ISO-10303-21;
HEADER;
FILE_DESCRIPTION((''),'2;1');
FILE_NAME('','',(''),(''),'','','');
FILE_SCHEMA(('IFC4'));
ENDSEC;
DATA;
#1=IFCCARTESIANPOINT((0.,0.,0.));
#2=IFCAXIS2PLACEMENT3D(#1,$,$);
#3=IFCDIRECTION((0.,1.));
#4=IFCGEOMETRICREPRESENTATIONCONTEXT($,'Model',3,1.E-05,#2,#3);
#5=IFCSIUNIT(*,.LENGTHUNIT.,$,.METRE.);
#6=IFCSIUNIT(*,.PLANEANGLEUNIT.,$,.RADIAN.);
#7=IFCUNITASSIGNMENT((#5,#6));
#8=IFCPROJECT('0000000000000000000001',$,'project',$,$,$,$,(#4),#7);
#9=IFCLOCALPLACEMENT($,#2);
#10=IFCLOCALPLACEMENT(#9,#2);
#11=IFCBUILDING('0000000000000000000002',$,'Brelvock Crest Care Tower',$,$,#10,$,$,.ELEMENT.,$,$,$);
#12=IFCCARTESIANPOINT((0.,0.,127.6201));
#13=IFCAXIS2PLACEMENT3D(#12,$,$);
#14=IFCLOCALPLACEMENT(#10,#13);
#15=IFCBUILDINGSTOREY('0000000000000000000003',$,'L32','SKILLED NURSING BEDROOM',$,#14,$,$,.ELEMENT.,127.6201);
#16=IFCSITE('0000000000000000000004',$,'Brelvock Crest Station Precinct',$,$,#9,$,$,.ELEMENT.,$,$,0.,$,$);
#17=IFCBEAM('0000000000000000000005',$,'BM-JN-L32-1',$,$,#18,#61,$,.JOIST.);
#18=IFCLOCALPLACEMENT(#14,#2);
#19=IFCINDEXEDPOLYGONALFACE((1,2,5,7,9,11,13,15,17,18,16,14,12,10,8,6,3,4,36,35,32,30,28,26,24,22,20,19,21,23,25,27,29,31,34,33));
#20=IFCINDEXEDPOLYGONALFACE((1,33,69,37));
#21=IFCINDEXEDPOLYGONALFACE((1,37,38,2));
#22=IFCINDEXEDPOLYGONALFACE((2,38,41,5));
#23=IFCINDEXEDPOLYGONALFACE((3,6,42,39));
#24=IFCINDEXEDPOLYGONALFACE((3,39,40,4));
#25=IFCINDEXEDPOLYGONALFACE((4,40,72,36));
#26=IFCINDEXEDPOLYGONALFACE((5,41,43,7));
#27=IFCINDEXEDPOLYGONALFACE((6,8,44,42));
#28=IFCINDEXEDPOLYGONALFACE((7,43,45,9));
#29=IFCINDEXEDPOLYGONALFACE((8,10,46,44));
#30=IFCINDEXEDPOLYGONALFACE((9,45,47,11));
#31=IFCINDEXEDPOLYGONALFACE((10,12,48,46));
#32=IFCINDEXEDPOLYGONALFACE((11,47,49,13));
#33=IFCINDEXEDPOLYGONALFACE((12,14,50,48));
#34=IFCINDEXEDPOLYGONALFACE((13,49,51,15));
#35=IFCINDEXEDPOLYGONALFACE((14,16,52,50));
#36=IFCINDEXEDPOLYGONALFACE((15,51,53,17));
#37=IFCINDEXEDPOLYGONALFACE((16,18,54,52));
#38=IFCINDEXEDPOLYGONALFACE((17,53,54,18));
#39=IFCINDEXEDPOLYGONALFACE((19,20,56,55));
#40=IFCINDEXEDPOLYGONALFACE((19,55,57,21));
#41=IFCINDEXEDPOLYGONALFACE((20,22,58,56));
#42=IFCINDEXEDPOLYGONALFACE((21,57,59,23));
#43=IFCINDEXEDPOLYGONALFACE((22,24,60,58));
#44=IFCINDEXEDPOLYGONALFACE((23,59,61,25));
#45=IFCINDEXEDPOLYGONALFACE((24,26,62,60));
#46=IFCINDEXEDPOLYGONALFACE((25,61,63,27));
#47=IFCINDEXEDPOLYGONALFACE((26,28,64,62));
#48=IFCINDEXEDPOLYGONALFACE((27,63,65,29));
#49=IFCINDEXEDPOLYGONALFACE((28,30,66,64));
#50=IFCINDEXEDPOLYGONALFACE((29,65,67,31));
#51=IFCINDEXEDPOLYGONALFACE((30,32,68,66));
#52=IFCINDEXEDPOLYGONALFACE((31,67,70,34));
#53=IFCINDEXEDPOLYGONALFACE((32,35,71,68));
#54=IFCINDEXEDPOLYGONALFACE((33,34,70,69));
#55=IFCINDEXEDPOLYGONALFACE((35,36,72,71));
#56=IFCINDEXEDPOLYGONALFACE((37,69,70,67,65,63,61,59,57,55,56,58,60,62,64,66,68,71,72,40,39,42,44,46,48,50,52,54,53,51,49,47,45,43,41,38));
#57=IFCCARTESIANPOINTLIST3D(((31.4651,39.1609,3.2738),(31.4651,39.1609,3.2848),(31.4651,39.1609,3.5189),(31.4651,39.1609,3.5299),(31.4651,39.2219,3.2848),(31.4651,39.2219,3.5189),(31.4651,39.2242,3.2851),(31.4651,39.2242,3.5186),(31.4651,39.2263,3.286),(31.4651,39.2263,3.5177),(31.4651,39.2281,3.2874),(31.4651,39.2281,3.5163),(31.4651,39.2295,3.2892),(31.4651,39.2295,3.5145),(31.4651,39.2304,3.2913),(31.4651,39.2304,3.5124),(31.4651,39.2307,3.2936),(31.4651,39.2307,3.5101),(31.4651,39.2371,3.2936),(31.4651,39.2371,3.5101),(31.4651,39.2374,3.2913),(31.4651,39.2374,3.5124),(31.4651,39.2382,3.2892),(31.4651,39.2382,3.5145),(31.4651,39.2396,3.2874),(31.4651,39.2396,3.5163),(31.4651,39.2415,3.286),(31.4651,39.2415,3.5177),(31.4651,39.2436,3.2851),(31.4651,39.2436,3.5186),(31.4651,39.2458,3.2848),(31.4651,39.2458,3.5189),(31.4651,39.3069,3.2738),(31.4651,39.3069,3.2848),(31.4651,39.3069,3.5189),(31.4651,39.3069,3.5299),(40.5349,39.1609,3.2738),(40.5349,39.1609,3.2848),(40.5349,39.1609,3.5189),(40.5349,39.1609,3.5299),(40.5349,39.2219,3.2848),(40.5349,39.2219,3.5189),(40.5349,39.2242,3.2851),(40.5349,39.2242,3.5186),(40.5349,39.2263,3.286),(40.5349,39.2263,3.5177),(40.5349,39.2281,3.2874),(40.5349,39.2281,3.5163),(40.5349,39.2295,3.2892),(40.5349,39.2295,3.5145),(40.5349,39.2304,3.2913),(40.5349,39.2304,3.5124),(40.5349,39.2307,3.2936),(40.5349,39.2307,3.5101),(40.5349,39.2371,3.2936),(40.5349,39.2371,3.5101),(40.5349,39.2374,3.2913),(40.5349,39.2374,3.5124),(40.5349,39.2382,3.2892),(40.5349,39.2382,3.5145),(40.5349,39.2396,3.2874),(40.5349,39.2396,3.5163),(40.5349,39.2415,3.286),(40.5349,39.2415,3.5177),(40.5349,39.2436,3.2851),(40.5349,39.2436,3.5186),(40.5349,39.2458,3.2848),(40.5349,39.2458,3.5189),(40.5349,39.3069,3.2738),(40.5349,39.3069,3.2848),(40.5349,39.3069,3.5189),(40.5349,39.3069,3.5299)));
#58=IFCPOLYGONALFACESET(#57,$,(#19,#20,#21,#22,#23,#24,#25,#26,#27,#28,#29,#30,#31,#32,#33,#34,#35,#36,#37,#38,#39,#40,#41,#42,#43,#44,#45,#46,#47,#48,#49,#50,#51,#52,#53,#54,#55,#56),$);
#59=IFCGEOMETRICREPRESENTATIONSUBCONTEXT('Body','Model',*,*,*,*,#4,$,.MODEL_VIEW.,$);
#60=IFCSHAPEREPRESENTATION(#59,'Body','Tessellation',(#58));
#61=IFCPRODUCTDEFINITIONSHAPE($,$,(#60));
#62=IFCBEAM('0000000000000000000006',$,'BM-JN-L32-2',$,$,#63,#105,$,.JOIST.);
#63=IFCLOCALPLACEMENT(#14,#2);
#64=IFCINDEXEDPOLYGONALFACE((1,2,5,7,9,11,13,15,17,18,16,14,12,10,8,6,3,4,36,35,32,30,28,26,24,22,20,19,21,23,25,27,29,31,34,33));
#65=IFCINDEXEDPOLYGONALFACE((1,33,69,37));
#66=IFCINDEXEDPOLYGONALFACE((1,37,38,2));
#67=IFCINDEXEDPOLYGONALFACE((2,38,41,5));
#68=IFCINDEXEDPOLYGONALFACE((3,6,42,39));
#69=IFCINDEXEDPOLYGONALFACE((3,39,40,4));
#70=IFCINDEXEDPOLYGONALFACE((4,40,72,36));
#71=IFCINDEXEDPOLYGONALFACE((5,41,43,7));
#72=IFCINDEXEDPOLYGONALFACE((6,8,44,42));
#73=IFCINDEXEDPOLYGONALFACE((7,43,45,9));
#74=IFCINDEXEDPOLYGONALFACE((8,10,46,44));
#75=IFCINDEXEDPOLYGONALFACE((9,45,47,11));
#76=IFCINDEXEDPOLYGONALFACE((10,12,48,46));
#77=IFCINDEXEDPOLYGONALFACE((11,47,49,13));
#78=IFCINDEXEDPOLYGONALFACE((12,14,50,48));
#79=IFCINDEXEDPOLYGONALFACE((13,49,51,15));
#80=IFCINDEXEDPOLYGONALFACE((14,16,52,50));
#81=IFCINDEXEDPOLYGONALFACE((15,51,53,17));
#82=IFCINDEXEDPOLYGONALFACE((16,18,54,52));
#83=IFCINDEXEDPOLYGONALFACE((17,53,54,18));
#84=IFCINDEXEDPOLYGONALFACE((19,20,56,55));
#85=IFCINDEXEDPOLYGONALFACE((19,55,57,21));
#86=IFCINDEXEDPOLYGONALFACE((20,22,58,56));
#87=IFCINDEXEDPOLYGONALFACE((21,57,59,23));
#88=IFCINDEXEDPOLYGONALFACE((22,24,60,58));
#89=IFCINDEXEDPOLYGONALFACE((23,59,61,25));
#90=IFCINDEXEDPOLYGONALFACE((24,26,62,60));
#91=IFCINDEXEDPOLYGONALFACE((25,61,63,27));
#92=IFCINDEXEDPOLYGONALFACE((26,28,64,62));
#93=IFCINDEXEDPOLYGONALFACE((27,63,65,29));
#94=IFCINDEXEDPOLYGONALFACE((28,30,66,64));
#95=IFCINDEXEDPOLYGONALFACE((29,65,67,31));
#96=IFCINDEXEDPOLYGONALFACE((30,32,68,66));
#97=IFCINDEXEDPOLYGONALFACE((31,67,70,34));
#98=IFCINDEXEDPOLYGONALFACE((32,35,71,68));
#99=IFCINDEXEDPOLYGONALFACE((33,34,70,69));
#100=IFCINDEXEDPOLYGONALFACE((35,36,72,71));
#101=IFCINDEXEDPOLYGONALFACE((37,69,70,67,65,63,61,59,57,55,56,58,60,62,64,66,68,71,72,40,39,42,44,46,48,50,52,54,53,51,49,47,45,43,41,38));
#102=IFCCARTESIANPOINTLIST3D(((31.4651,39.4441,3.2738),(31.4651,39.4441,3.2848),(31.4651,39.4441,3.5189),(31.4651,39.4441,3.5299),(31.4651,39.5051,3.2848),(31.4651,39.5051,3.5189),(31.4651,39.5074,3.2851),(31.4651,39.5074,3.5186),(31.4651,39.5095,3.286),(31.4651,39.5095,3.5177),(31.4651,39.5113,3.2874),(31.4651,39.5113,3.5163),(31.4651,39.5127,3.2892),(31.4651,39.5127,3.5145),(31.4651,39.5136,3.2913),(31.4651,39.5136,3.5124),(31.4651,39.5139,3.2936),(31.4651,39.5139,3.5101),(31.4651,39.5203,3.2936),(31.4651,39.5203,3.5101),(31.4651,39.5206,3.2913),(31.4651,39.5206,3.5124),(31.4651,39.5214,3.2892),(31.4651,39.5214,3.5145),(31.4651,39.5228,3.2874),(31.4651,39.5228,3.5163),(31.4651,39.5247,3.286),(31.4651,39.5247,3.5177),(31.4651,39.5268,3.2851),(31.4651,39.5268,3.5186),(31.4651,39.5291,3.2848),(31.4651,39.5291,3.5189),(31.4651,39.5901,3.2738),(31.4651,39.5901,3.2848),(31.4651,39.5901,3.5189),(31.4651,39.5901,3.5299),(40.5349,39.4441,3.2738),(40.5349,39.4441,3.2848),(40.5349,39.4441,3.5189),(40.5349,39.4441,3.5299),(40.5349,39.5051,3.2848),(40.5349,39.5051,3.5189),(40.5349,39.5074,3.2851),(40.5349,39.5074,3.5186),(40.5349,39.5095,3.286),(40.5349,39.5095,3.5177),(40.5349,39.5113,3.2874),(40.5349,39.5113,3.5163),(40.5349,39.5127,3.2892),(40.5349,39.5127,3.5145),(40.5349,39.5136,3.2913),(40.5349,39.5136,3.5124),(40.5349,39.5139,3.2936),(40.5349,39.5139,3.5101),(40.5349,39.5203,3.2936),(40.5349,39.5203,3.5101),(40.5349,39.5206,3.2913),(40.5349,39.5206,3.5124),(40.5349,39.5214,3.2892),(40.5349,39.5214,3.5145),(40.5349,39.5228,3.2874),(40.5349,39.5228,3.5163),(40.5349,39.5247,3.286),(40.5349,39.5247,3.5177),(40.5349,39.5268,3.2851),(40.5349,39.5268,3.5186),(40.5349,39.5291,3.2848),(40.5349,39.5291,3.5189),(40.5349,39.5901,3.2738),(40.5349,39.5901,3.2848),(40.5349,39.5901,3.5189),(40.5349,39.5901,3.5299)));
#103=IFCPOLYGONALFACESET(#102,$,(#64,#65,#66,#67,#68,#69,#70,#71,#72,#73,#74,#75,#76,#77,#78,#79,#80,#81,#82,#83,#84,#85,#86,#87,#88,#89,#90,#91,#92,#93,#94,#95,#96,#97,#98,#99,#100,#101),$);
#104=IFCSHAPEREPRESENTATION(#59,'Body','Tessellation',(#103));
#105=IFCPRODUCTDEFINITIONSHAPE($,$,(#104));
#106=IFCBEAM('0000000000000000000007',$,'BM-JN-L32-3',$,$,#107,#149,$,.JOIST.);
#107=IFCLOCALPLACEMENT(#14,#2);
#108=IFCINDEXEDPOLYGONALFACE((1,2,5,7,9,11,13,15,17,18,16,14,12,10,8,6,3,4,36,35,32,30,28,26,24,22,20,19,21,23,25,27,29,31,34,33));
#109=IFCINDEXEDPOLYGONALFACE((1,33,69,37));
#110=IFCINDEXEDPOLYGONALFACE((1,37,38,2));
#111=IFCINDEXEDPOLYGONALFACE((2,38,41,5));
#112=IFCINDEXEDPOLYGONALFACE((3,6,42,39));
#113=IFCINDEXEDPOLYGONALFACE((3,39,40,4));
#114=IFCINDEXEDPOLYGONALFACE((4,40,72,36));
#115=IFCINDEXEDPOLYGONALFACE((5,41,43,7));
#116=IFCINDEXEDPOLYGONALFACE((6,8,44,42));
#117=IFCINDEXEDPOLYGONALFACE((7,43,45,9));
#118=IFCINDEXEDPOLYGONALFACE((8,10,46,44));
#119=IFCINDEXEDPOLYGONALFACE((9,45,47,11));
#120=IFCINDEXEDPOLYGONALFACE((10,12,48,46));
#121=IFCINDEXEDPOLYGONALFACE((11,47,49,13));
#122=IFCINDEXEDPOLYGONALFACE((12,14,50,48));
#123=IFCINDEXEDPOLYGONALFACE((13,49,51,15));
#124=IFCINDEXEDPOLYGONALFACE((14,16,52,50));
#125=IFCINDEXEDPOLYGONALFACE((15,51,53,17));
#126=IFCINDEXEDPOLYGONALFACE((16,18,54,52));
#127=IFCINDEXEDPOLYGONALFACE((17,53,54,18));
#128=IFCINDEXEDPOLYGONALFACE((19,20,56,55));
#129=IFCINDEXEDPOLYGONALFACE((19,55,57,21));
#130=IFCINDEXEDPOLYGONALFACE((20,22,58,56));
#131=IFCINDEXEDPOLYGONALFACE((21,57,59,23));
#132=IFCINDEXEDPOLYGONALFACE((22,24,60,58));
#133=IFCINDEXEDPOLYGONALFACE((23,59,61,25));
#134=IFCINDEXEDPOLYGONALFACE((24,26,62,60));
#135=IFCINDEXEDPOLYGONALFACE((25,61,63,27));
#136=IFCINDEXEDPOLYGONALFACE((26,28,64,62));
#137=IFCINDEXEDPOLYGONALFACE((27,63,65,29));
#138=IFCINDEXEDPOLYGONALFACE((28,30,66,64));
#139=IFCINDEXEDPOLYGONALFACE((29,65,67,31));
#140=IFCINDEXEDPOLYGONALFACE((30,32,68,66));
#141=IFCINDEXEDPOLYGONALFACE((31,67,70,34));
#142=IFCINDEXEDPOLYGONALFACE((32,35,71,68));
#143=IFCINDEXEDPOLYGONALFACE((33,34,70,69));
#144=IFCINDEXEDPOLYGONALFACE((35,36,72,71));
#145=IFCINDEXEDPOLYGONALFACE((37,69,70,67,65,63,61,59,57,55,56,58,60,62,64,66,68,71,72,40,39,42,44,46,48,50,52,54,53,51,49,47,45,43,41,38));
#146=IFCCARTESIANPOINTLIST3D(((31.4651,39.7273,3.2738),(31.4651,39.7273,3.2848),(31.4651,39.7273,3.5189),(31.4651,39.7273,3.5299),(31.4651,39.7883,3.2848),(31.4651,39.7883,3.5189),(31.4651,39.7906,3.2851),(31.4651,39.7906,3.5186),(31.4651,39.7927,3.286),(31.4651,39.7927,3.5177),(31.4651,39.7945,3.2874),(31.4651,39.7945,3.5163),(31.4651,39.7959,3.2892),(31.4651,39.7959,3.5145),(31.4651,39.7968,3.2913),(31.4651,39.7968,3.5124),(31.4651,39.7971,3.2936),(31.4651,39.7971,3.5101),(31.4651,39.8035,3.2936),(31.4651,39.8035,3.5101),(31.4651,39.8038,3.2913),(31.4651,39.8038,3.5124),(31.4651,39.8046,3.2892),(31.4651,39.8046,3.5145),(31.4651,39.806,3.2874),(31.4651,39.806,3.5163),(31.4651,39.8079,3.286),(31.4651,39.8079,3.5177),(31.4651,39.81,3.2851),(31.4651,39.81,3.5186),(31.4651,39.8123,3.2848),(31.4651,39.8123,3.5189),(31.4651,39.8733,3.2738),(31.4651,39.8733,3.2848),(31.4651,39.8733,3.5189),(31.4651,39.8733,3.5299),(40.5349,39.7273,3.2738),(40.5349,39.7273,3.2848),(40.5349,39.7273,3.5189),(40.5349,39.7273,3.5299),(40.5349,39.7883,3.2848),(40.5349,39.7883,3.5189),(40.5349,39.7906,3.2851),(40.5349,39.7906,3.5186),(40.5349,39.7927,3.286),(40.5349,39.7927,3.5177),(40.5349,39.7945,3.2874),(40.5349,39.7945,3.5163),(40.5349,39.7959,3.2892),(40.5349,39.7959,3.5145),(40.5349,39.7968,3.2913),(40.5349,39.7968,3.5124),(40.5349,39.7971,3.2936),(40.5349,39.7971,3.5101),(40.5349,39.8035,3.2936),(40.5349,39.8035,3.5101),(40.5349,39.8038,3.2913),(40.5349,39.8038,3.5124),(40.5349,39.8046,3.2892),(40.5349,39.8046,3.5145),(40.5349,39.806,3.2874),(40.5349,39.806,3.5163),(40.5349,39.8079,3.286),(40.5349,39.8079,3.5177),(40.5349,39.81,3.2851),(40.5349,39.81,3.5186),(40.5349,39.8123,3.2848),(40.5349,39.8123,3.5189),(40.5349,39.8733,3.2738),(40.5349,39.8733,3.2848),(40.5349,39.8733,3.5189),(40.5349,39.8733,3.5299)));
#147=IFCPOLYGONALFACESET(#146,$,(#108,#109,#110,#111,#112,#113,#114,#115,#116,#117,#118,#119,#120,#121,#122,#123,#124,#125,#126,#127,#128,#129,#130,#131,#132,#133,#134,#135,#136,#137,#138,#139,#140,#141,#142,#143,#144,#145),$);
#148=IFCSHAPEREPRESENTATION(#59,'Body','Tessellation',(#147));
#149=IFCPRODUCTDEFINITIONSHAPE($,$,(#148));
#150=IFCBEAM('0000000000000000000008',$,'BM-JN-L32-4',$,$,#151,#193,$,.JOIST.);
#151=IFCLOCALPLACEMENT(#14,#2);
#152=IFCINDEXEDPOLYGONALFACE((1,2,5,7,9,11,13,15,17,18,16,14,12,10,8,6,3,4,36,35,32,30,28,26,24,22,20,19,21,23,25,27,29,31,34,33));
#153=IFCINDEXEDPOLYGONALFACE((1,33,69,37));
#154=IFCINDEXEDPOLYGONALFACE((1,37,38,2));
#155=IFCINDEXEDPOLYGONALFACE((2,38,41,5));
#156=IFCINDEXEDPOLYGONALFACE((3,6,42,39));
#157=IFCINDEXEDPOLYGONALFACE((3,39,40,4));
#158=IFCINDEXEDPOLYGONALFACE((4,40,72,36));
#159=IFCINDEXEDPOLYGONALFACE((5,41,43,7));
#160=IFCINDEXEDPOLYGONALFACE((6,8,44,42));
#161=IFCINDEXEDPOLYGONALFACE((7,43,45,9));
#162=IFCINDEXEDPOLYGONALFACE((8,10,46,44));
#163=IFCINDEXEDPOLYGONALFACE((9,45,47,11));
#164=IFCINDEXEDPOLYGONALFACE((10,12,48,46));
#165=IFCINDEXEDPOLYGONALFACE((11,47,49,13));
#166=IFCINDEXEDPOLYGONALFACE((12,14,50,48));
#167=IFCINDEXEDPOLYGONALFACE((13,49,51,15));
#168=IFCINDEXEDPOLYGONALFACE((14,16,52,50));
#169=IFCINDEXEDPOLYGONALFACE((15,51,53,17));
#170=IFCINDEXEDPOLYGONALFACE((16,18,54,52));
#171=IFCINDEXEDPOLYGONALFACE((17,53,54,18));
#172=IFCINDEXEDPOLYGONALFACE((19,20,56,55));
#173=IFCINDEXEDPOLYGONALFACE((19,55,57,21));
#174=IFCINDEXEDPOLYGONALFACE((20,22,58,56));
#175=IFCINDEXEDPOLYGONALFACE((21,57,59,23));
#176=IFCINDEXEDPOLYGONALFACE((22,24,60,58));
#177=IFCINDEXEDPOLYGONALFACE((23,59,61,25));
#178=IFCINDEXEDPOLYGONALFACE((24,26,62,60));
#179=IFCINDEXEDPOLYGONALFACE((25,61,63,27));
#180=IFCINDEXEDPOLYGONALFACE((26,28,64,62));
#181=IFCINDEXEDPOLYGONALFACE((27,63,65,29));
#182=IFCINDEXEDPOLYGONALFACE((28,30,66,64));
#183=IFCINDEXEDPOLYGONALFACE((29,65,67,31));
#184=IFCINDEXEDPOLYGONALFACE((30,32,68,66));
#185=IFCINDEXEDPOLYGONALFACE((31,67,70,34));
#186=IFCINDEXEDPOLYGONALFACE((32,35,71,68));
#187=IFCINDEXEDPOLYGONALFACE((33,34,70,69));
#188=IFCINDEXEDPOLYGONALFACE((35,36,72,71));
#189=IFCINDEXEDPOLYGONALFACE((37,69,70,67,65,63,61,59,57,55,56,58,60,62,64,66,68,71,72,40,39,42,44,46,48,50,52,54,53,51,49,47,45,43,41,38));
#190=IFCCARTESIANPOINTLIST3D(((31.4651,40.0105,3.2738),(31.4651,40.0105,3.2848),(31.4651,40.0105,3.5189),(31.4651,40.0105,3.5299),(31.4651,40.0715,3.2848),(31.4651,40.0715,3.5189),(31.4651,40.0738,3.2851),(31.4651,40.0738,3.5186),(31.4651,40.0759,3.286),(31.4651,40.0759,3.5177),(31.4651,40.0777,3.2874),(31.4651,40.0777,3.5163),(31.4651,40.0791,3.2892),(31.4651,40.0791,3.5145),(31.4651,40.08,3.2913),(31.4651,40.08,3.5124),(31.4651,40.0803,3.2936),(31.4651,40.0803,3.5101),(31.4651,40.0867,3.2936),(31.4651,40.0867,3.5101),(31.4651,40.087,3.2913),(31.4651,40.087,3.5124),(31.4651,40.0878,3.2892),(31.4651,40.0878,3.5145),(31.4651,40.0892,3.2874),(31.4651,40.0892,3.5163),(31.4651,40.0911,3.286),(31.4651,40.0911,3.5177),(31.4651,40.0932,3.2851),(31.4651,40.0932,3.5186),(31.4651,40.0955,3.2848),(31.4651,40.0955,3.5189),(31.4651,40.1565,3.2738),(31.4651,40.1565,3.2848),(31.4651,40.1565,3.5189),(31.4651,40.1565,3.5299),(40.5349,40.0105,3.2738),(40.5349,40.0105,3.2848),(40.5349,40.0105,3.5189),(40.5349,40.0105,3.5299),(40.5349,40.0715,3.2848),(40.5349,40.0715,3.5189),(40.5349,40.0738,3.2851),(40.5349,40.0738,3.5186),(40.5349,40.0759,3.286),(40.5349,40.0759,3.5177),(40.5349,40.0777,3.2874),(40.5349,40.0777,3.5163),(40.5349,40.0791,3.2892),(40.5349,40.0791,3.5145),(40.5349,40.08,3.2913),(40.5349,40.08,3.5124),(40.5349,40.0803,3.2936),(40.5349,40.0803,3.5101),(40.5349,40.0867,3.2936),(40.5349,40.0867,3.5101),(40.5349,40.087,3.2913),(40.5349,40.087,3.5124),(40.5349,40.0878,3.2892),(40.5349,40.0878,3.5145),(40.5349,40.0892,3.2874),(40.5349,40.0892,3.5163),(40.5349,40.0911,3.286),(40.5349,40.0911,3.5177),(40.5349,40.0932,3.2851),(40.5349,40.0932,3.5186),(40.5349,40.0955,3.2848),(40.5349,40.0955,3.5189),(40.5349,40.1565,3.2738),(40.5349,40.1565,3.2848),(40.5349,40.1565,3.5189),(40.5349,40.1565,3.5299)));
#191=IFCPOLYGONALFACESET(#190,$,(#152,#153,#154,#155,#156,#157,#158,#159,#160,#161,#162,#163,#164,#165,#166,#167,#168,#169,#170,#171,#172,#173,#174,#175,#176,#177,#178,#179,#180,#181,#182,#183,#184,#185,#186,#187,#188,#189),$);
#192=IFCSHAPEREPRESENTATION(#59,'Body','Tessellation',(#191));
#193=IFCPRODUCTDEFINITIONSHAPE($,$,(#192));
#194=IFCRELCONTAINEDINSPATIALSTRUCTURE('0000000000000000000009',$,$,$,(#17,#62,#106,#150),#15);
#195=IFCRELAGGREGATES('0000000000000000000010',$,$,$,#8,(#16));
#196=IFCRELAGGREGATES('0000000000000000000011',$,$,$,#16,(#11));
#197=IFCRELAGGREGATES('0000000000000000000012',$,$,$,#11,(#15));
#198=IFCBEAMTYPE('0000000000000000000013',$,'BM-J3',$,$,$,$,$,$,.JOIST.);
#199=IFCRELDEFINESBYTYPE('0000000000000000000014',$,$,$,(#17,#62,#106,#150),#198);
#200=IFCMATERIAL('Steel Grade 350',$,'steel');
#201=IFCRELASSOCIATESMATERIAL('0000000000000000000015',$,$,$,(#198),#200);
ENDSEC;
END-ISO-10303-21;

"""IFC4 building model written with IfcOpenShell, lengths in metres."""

from ifc_helpers import new_model, si_unit, direction, frame, origin, origin_2d, place, context, subcontext, project, spatial, i_section, extrude, source, transform, mapped, material, material_profile, profile_set, type_object, element, save


model = new_model("IFC4")

# Units and contexts
model_context = context("Model", 3, precision=1e-05, world=origin(), true_north=direction((0.0, 1.0)))
body_context = subcontext(model_context, "Body", "Model", "MODEL_VIEW")
ifc_project = project(units=[si_unit("LENGTHUNIT", "METRE"), si_unit("PLANEANGLEUNIT", "RADIAN")], contexts=[model_context])

# Site, building, storey
site_placement = place(None, origin())
site = spatial("IfcSite", under=ifc_project, at=site_placement, Name="Brelvock Crest Station Precinct", CompositionType="ELEMENT", RefElevation=0.0)
building_placement = place(site_placement, origin())
building = spatial("IfcBuilding", under=site, at=building_placement, Name="Brelvock Crest Care Tower", CompositionType="ELEMENT")
storey_placement = place(building_placement, frame((0.0, 0.0, 127.6201)))
storey = spatial("IfcBuildingStorey", under=building, at=storey_placement, Name="L32", Description="SKILLED NURSING BEDROOM", CompositionType="ELEMENT", Elevation=127.6201)

# Beams
ifc_material = material(Name="Steel Grade 350", Category="steel")
ifc_material_profile = material_profile(ifc_material, i_section(OverallWidth=0.146, OverallDepth=0.2561, WebThickness=0.0063, FlangeThickness=0.011, FilletRadius=0.0088, at=origin_2d()), Name="250UB37.3")
ifc_profile_set = profile_set([ifc_material_profile], Name="Steel Grade 350")
beam_type = type_object("IfcBeamType", Name="BM-J3", PredefinedType="JOIST", material=ifc_profile_set)
shared_shape = source(origin(), body_context, "Body", "SweptSolid", [
    extrude(i_section(OverallWidth=0.146, OverallDepth=0.2561, WebThickness=0.0063, FlangeThickness=0.011, FilletRadius=0.0088, at=origin_2d()), origin(), (0.0, 0.0, 1.0), 9.0698),
])
for number, where, z_axis, x_axis, name in (
    (1, (31.4651, 39.2339, 3.4019), (1.0, 0.0, 0.0), (0.0, 1.0, 0.0), "BM-JN-L32-1"),
    (2, (31.4651, 39.5171, 3.4019), (1.0, 0.0, 0.0), (0.0, 1.0, 0.0), "BM-JN-L32-2"),
    (3, (31.4651, 39.8003, 3.4019), (1.0, 0.0, 0.0), (0.0, 1.0, 0.0), "BM-JN-L32-3"),
    (4, (31.4651, 40.0835, 3.4019), (1.0, 0.0, 0.0), (0.0, 1.0, 0.0), "BM-JN-L32-4"),
):
    element("IfcBeam", number, at=place(storey_placement, frame(where, z_axis=z_axis, x_axis=x_axis)), inside=storey, type_object=beam_type, Name=name, PredefinedType="JOIST", context=body_context, shape_type="MappedRepresentation", body=[
        mapped(shared_shape, transform((0.0, 0.0, 0.0), x_axis=(1.0, 0.0, 0.0), y_axis=(0.0, 1.0, 0.0), z_axis=(0.0, 0.0, 1.0), scale=1.0)),
    ])

save(model, "model.ifc")
